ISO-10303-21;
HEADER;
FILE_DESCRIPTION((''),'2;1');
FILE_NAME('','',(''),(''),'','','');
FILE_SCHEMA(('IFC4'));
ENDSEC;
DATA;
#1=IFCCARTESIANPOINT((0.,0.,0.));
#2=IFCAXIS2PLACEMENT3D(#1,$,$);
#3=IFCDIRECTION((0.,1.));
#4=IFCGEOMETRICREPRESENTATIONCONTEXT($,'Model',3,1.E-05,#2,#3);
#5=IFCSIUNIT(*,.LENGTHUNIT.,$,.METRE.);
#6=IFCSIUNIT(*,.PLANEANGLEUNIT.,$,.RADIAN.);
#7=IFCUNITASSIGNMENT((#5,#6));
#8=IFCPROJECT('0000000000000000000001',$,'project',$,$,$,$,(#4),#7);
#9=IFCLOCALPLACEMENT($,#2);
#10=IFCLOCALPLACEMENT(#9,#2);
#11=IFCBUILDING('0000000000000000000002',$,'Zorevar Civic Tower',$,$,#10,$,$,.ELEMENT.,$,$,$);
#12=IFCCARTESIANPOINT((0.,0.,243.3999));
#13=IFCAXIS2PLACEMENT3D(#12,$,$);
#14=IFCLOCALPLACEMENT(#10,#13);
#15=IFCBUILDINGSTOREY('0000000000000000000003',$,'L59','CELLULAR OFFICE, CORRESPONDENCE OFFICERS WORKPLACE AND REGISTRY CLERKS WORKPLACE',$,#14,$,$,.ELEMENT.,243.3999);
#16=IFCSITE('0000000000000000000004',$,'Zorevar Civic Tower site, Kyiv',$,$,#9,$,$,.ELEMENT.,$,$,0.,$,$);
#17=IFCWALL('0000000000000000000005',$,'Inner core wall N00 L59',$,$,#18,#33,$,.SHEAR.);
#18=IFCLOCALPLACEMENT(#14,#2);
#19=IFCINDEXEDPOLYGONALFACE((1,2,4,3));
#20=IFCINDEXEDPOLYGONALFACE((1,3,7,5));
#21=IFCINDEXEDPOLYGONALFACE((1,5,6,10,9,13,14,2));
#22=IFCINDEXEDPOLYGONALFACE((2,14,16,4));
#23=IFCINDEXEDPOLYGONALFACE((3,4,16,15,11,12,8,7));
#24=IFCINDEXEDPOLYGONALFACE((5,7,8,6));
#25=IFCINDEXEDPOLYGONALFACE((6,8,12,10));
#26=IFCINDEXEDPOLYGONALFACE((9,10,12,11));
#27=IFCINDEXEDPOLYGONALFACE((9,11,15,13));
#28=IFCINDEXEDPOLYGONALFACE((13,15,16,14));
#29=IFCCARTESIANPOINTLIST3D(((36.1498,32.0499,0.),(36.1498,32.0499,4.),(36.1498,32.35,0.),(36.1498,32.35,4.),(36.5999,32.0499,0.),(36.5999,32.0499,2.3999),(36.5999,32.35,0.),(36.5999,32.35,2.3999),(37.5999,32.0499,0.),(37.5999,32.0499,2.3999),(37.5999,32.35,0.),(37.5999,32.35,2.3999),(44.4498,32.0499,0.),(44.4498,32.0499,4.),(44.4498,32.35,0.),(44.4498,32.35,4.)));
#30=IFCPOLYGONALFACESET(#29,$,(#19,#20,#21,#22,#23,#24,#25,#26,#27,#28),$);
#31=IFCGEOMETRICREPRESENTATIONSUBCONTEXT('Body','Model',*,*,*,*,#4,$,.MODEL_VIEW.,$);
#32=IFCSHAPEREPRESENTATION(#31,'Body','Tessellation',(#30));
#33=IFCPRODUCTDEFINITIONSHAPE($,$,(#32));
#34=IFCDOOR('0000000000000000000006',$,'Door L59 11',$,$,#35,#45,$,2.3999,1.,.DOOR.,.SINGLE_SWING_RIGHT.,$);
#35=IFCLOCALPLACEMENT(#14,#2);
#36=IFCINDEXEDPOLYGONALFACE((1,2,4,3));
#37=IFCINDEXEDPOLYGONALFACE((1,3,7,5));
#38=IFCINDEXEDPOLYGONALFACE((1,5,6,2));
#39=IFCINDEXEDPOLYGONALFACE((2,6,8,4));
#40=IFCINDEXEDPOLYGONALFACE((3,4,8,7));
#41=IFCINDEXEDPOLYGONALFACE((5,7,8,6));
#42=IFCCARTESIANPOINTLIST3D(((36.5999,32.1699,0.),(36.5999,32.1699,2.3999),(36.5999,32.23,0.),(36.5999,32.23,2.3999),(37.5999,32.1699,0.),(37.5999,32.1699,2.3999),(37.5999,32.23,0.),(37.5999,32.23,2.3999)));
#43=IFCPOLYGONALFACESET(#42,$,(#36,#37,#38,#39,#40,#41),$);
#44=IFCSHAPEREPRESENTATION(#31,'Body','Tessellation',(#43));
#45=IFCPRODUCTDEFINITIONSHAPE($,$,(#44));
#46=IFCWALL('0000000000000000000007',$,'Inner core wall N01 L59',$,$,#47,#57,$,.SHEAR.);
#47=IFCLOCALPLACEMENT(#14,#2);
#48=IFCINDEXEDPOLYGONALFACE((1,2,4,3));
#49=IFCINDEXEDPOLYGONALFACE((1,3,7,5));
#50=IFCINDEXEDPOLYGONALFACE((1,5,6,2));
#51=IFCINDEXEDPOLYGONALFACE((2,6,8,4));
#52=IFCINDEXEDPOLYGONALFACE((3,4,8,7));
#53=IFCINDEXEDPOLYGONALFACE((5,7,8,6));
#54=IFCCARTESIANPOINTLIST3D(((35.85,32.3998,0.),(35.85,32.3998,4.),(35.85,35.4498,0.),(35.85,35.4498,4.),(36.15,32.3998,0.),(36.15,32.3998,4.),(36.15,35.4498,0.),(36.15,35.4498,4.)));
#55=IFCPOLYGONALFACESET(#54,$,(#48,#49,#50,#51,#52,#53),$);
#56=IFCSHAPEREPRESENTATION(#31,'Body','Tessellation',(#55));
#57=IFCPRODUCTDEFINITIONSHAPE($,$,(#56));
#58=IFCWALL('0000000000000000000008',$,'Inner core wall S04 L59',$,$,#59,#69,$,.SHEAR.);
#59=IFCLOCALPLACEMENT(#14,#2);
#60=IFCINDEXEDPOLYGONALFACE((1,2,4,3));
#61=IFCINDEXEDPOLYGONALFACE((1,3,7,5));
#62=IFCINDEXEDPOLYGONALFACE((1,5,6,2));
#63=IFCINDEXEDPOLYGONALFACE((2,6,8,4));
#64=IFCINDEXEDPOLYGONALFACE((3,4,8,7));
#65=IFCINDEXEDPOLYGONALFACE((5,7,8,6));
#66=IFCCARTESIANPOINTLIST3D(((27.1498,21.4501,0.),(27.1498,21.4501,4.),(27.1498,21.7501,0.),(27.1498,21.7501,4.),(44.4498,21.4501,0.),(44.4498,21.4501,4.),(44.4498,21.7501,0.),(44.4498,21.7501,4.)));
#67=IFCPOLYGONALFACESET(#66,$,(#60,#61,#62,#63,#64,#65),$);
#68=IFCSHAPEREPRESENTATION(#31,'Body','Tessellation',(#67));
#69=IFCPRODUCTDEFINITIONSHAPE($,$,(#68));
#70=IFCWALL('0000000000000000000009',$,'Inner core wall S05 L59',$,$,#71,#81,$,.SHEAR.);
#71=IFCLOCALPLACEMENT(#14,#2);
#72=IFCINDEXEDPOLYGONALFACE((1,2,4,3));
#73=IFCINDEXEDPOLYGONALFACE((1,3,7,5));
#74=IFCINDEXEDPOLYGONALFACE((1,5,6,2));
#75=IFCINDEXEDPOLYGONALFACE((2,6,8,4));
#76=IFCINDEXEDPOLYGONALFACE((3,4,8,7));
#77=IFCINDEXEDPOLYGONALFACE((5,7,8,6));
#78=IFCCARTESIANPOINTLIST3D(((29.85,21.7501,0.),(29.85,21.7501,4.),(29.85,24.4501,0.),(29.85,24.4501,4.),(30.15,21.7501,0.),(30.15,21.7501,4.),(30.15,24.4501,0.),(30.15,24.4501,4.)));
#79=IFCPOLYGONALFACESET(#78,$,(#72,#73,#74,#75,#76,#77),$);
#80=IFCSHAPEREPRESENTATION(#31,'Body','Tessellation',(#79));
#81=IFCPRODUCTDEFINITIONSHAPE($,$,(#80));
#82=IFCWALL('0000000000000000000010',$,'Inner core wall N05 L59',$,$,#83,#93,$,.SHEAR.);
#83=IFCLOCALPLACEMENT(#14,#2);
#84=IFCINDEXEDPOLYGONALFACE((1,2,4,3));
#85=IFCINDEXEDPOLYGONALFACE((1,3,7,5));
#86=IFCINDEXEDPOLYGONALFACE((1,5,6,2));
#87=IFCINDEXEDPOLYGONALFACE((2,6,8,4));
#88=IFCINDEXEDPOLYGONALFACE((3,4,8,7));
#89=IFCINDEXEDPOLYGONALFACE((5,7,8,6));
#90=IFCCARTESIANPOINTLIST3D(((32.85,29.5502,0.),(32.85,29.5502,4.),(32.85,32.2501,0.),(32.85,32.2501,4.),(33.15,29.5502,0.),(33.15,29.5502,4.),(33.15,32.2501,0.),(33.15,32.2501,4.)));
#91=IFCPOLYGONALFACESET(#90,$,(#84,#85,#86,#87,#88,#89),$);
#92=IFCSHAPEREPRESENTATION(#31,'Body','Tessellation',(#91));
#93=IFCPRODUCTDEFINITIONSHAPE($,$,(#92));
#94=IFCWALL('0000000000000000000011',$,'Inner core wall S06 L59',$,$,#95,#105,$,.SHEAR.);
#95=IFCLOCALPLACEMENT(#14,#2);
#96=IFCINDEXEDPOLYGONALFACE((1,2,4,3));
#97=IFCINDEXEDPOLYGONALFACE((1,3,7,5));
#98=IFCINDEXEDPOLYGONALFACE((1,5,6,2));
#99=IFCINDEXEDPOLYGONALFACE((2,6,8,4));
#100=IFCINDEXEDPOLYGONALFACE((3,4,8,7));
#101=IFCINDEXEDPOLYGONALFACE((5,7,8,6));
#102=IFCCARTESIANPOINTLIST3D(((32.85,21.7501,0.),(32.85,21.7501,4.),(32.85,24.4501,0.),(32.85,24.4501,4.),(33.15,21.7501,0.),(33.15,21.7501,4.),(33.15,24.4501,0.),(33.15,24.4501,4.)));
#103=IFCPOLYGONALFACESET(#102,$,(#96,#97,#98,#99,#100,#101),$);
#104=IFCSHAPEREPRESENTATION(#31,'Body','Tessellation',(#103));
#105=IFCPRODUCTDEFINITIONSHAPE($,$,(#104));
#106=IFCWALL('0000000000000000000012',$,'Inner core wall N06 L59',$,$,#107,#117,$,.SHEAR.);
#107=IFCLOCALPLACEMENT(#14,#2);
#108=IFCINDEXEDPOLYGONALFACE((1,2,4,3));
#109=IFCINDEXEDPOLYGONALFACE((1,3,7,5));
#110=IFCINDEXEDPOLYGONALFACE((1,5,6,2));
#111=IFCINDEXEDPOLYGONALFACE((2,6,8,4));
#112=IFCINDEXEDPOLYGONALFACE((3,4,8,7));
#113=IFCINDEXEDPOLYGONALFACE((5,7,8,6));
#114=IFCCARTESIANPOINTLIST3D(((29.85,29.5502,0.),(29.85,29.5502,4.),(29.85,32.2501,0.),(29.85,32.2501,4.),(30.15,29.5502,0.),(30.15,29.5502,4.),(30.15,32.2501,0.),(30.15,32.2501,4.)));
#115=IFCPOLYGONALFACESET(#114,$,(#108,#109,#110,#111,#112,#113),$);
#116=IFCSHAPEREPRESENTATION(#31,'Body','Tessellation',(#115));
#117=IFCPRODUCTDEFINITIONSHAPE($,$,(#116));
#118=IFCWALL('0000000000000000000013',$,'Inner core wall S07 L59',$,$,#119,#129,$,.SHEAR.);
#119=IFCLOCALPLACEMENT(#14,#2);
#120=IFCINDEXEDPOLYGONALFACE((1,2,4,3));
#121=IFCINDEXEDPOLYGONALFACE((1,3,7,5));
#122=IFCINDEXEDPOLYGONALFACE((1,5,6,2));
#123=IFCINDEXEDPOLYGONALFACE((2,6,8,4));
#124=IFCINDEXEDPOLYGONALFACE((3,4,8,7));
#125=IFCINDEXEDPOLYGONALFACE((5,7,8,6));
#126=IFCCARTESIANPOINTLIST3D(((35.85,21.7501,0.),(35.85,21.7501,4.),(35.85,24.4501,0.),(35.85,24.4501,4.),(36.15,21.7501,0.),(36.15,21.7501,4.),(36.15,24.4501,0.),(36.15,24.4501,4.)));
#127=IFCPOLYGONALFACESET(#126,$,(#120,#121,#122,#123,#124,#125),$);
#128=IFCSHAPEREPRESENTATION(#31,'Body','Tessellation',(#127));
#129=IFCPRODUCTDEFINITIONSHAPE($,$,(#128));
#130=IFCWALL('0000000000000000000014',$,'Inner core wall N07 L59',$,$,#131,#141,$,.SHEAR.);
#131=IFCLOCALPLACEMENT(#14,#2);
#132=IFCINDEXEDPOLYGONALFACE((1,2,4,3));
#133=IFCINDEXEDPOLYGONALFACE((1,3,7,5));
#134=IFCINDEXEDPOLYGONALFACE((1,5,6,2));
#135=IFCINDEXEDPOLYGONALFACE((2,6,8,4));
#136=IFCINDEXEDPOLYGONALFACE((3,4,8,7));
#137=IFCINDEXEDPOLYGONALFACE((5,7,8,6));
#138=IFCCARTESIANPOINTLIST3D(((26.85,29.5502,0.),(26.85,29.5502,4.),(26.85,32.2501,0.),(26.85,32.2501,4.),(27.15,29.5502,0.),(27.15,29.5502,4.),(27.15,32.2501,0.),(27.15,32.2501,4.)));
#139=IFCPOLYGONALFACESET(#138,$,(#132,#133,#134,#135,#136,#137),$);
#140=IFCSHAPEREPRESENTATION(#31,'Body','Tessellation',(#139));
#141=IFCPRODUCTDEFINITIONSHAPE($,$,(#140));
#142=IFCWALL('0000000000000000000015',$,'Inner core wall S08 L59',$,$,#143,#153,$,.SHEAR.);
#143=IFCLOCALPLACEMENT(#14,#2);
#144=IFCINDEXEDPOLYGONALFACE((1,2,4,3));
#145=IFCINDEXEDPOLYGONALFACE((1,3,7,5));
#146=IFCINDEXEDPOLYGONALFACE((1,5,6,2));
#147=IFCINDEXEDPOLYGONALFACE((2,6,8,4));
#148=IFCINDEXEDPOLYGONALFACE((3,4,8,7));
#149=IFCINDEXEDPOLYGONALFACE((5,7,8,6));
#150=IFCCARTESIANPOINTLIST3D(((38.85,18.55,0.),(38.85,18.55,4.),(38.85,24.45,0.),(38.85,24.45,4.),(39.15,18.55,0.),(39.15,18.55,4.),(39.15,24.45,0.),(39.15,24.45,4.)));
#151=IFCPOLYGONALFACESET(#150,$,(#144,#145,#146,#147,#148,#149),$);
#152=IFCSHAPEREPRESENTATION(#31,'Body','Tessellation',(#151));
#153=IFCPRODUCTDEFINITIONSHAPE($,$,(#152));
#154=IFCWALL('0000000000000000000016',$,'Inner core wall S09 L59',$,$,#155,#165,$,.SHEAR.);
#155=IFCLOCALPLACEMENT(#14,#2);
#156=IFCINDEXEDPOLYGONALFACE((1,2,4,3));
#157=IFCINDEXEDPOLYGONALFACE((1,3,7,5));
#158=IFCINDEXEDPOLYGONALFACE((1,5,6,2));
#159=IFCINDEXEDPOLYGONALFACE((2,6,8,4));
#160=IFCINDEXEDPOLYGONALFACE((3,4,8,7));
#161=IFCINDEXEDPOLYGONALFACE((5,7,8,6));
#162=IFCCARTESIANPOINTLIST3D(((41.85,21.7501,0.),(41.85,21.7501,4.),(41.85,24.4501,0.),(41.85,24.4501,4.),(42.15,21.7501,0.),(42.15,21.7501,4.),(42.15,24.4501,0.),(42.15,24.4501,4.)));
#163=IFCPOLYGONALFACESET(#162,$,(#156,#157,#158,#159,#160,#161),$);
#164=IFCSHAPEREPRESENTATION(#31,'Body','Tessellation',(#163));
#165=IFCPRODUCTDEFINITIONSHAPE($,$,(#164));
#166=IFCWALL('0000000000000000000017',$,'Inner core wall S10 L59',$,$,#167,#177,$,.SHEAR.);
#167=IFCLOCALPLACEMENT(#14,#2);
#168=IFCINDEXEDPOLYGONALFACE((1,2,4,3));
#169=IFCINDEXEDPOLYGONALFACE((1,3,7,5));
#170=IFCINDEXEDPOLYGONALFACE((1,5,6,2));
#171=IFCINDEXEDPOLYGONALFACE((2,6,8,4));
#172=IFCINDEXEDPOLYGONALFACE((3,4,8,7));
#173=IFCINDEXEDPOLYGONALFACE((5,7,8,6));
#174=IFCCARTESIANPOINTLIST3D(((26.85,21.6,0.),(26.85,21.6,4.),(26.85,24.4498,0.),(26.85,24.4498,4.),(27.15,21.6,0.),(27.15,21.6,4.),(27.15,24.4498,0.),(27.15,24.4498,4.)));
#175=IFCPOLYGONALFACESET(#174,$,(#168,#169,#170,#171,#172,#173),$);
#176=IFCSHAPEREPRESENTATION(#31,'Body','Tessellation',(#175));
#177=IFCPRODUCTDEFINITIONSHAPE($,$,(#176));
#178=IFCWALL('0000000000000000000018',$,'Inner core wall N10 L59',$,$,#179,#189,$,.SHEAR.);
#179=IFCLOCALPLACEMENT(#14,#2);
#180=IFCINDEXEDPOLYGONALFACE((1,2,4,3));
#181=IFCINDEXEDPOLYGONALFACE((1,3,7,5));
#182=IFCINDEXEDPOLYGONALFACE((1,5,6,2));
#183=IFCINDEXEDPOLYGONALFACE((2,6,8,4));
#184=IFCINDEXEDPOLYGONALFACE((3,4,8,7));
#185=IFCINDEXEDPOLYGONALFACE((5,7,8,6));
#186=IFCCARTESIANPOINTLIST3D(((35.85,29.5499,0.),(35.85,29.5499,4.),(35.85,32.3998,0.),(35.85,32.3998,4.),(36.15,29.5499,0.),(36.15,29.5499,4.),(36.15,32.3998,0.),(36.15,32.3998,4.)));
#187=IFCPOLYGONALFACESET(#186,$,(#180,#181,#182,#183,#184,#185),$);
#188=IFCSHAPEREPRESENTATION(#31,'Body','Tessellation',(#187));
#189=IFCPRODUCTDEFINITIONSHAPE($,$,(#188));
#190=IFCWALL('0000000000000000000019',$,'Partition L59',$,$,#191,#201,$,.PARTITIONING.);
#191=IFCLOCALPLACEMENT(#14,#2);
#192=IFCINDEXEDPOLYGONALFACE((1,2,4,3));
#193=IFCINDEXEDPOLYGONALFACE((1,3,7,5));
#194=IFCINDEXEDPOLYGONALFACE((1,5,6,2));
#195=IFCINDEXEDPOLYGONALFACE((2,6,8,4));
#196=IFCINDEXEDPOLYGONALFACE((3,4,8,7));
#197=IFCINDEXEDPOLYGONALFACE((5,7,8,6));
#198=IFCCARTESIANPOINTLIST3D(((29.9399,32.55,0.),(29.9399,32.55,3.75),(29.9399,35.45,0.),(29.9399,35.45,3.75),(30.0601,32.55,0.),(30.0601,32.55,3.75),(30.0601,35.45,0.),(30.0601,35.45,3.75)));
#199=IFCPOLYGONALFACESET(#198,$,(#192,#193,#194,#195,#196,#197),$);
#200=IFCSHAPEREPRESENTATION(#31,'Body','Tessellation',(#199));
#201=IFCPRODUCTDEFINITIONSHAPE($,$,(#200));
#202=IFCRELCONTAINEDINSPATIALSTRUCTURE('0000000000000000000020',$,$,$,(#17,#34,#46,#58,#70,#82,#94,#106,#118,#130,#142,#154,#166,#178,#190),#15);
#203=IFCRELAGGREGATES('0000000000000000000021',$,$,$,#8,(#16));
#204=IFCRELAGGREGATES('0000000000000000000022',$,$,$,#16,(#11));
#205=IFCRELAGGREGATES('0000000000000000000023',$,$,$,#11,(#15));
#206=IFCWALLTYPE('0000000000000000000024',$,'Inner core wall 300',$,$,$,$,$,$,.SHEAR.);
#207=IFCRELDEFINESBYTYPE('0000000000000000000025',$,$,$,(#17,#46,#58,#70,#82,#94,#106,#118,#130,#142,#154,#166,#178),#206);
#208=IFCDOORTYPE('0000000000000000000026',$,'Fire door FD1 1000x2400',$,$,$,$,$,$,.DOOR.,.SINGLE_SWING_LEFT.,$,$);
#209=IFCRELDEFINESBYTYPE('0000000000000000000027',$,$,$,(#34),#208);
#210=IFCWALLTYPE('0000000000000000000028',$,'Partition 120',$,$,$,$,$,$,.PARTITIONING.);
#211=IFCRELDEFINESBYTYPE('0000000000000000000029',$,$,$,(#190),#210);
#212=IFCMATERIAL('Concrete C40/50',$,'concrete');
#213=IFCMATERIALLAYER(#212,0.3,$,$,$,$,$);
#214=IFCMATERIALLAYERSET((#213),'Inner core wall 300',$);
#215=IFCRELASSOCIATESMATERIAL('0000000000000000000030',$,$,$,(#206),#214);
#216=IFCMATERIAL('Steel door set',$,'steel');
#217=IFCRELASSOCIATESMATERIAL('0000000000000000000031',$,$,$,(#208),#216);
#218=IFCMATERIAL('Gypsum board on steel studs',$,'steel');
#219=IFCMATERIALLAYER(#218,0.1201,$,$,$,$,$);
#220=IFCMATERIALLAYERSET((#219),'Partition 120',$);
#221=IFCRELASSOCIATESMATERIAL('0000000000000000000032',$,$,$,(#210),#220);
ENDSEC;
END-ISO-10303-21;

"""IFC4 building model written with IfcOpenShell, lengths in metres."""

from ifc_helpers import new_model, si_unit, direction, frame, frame_2d, origin, place, context, subcontext, project, spatial, rectangle, extrude, material, layer, layer_set, type_object, element, fill, save


model = new_model("IFC4")

# Units and contexts
model_context = context("Model", 3, precision=1e-05, world=origin(), true_north=direction((0.0, 1.0)))
body_context = subcontext(model_context, "Body", "Model", "MODEL_VIEW")
ifc_project = project(units=[si_unit("LENGTHUNIT", "METRE"), si_unit("PLANEANGLEUNIT", "RADIAN")], contexts=[model_context])

# Site, building, storey
site_placement = place(None, origin())
site = spatial("IfcSite", under=ifc_project, at=site_placement, Name="Zorevar Civic Tower site, Kyiv", CompositionType="ELEMENT", RefElevation=0.0)
building_placement = place(site_placement, origin())
building = spatial("IfcBuilding", under=site, at=building_placement, Name="Zorevar Civic Tower", CompositionType="ELEMENT")
storey_placement = place(building_placement, frame((0.0, 0.0, 243.3999)))
storey = spatial("IfcBuildingStorey", under=building, at=storey_placement, Name="L59", Description="CELLULAR OFFICE, CORRESPONDENCE OFFICERS WORKPLACE AND REGISTRY CLERKS WORKPLACE", CompositionType="ELEMENT", Elevation=243.3999)

# Wall, opening, door
ifc_material_1 = material(Name="Concrete C40/50", Category="concrete")
ifc_layer_1 = layer(ifc_material_1, 0.3)
ifc_layer_set_1 = layer_set([ifc_layer_1], Name="Inner core wall 300")
wall_type_1 = type_object("IfcWallType", Name="Inner core wall 300", PredefinedType="SHEAR", material=ifc_layer_set_1)
wall_1_placement = place(storey_placement, frame((36.1499, 32.2, 0.0), z_axis=(0.0, 0.0, 1.0), x_axis=(1.0, 0.0, 0.0)))
wall_1 = element("IfcWall", 1, at=wall_1_placement, inside=storey, type_object=wall_type_1, Name="Inner core wall N00 L59", PredefinedType="SHEAR", context=body_context, shape_type="SweptSolid", body=[
    extrude(rectangle(XDim=8.3, YDim=0.3, at=frame_2d((4.1499, 0.0))), origin(), (0.0, 0.0, 1.0), 4.0),
])
opening_1_placement = place(wall_1_placement, frame((0.45, 0.0, 0.0)))
opening_1 = element("IfcOpeningElement", 2, at=opening_1_placement, cuts=wall_1, PredefinedType="OPENING", context=body_context, shape_type="SweptSolid", body=[
    extrude(rectangle(XDim=1.0, YDim=2.3999, at=frame_2d((0.5, 1.2))), frame((0.0, 0.1599, 0.0), z_axis=(0.0, -1.0, 0.0), x_axis=(1.0, 0.0, 0.0)), (0.0, 0.0, 1.0), 0.3201),
])
ifc_material_2 = material(Name="Steel door set", Category="steel")
door_type_1 = type_object("IfcDoorType", Name="Fire door FD1 1000x2400", OperationType="SINGLE_SWING_LEFT", PredefinedType="DOOR", material=ifc_material_2)
door_1_placement = place(opening_1_placement, origin())
door_1 = element("IfcDoor", 3, at=door_1_placement, inside=storey, type_object=door_type_1, Name="Door L59 11", OperationType="SINGLE_SWING_RIGHT", OverallHeight=2.3999, OverallWidth=1.0, PredefinedType="DOOR", context=body_context, shape_type="SweptSolid", body=[
    extrude(rectangle(XDim=1.0, YDim=2.3999, at=frame_2d((0.5, 1.2))), frame((0.0, 0.03, 0.0), z_axis=(0.0, -1.0, 0.0), x_axis=(1.0, 0.0, 0.0)), (0.0, 0.0, 1.0), 0.0601),
])
fill(opening_1, door_1)

# Wall
wall_2_placement = place(storey_placement, frame((36.0, 32.3999, 0.0), z_axis=(0.0, 0.0, 1.0), x_axis=(0.0, 1.0, 0.0)))
element("IfcWall", 4, at=wall_2_placement, inside=storey, type_object=wall_type_1, Name="Inner core wall N01 L59", PredefinedType="SHEAR", context=body_context, shape_type="SweptSolid", body=[
    extrude(rectangle(XDim=3.05, YDim=0.3, at=frame_2d((1.5249, 0.0))), origin(), (0.0, 0.0, 1.0), 4.0),
])

# Walls
wall_3_placement = place(storey_placement, frame((27.1499, 21.6001, 0.0), z_axis=(0.0, 0.0, 1.0), x_axis=(1.0, 0.0, 0.0)))
element("IfcWall", 5, at=wall_3_placement, inside=storey, type_object=wall_type_1, Name="Inner core wall S04 L59", PredefinedType="SHEAR", context=body_context, shape_type="SweptSolid", body=[
    extrude(rectangle(XDim=17.3, YDim=0.3, at=frame_2d((8.6499, 0.0))), origin(), (0.0, 0.0, 1.0), 4.0),
])
for number, where, z_axis, x_axis, name in (
    (6, (30.0, 21.75, 0.0), (0.0, 0.0, 1.0), (0.0, 1.0, 0.0), "Inner core wall S05 L59"),
    (7, (33.0, 29.55, 0.0), (0.0, 0.0, 1.0), (0.0, 1.0, 0.0), "Inner core wall N05 L59"),
    (8, (33.0, 21.75, 0.0), (0.0, 0.0, 1.0), (0.0, 1.0, 0.0), "Inner core wall S06 L59"),
    (9, (30.0, 29.55, 0.0), (0.0, 0.0, 1.0), (0.0, 1.0, 0.0), "Inner core wall N06 L59"),
    (10, (36.0, 21.75, 0.0), (0.0, 0.0, 1.0), (0.0, 1.0, 0.0), "Inner core wall S07 L59"),
    (11, (27.0, 29.55, 0.0), (0.0, 0.0, 1.0), (0.0, 1.0, 0.0), "Inner core wall N07 L59"),
):
    element("IfcWall", number, at=place(storey_placement, frame(where, z_axis=z_axis, x_axis=x_axis)), inside=storey, type_object=wall_type_1, Name=name, PredefinedType="SHEAR", context=body_context, shape_type="SweptSolid", body=[
        extrude(rectangle(XDim=2.7, YDim=0.3, at=frame_2d((1.3501, 0.0))), origin(), (0.0, 0.0, 1.0), 4.0),
    ])
wall_4_placement = place(storey_placement, frame((39.0, 18.55, 0.0), z_axis=(0.0, 0.0, 1.0), x_axis=(0.0, 1.0, 0.0)))
element("IfcWall", 12, at=wall_4_placement, inside=storey, type_object=wall_type_1, Name="Inner core wall S08 L59", PredefinedType="SHEAR", context=body_context, shape_type="SweptSolid", body=[
    extrude(rectangle(XDim=5.8999, YDim=0.3, at=frame_2d((2.95, 0.0))), origin(), (0.0, 0.0, 1.0), 4.0),
])
wall_5_placement = place(storey_placement, frame((42.0, 21.75, 0.0), z_axis=(0.0, 0.0, 1.0), x_axis=(0.0, 1.0, 0.0)))
element("IfcWall", 13, at=wall_5_placement, inside=storey, type_object=wall_type_1, Name="Inner core wall S09 L59", PredefinedType="SHEAR", context=body_context, shape_type="SweptSolid", body=[
    extrude(rectangle(XDim=2.7, YDim=0.3, at=frame_2d((1.3501, 0.0))), origin(), (0.0, 0.0, 1.0), 4.0),
])
for number, where, z_axis, x_axis, name in (
    (14, (27.0, 21.6001, 0.0), (0.0, 0.0, 1.0), (0.0, 1.0, 0.0), "Inner core wall S10 L59"),
    (15, (36.0, 29.55, 0.0), (0.0, 0.0, 1.0), (0.0, 1.0, 0.0), "Inner core wall N10 L59"),
):
    element("IfcWall", number, at=place(storey_placement, frame(where, z_axis=z_axis, x_axis=x_axis)), inside=storey, type_object=wall_type_1, Name=name, PredefinedType="SHEAR", context=body_context, shape_type="SweptSolid", body=[
        extrude(rectangle(XDim=2.8499, YDim=0.3, at=frame_2d((1.4248, 0.0))), origin(), (0.0, 0.0, 1.0), 4.0),
    ])
ifc_material_3 = material(Name="Gypsum board on steel studs", Category="steel")
ifc_layer_2 = layer(ifc_material_3, 0.1201)
ifc_layer_set_2 = layer_set([ifc_layer_2], Name="Partition 120")
wall_type_2 = type_object("IfcWallType", Name="Partition 120", PredefinedType="PARTITIONING", material=ifc_layer_set_2)
wall_6_placement = place(storey_placement, frame((30.0, 32.55, 0.0), z_axis=(0.0, 0.0, 1.0), x_axis=(0.0, 1.0, 0.0)))
element("IfcWall", 16, at=wall_6_placement, inside=storey, type_object=wall_type_2, Name="Partition L59", PredefinedType="PARTITIONING", context=body_context, shape_type="SweptSolid", body=[
    extrude(rectangle(XDim=2.8999, YDim=0.1201, at=frame_2d((1.45, 0.0))), origin(), (0.0, 0.0, 1.0), 3.75),
])

save(model, "model.ifc")
